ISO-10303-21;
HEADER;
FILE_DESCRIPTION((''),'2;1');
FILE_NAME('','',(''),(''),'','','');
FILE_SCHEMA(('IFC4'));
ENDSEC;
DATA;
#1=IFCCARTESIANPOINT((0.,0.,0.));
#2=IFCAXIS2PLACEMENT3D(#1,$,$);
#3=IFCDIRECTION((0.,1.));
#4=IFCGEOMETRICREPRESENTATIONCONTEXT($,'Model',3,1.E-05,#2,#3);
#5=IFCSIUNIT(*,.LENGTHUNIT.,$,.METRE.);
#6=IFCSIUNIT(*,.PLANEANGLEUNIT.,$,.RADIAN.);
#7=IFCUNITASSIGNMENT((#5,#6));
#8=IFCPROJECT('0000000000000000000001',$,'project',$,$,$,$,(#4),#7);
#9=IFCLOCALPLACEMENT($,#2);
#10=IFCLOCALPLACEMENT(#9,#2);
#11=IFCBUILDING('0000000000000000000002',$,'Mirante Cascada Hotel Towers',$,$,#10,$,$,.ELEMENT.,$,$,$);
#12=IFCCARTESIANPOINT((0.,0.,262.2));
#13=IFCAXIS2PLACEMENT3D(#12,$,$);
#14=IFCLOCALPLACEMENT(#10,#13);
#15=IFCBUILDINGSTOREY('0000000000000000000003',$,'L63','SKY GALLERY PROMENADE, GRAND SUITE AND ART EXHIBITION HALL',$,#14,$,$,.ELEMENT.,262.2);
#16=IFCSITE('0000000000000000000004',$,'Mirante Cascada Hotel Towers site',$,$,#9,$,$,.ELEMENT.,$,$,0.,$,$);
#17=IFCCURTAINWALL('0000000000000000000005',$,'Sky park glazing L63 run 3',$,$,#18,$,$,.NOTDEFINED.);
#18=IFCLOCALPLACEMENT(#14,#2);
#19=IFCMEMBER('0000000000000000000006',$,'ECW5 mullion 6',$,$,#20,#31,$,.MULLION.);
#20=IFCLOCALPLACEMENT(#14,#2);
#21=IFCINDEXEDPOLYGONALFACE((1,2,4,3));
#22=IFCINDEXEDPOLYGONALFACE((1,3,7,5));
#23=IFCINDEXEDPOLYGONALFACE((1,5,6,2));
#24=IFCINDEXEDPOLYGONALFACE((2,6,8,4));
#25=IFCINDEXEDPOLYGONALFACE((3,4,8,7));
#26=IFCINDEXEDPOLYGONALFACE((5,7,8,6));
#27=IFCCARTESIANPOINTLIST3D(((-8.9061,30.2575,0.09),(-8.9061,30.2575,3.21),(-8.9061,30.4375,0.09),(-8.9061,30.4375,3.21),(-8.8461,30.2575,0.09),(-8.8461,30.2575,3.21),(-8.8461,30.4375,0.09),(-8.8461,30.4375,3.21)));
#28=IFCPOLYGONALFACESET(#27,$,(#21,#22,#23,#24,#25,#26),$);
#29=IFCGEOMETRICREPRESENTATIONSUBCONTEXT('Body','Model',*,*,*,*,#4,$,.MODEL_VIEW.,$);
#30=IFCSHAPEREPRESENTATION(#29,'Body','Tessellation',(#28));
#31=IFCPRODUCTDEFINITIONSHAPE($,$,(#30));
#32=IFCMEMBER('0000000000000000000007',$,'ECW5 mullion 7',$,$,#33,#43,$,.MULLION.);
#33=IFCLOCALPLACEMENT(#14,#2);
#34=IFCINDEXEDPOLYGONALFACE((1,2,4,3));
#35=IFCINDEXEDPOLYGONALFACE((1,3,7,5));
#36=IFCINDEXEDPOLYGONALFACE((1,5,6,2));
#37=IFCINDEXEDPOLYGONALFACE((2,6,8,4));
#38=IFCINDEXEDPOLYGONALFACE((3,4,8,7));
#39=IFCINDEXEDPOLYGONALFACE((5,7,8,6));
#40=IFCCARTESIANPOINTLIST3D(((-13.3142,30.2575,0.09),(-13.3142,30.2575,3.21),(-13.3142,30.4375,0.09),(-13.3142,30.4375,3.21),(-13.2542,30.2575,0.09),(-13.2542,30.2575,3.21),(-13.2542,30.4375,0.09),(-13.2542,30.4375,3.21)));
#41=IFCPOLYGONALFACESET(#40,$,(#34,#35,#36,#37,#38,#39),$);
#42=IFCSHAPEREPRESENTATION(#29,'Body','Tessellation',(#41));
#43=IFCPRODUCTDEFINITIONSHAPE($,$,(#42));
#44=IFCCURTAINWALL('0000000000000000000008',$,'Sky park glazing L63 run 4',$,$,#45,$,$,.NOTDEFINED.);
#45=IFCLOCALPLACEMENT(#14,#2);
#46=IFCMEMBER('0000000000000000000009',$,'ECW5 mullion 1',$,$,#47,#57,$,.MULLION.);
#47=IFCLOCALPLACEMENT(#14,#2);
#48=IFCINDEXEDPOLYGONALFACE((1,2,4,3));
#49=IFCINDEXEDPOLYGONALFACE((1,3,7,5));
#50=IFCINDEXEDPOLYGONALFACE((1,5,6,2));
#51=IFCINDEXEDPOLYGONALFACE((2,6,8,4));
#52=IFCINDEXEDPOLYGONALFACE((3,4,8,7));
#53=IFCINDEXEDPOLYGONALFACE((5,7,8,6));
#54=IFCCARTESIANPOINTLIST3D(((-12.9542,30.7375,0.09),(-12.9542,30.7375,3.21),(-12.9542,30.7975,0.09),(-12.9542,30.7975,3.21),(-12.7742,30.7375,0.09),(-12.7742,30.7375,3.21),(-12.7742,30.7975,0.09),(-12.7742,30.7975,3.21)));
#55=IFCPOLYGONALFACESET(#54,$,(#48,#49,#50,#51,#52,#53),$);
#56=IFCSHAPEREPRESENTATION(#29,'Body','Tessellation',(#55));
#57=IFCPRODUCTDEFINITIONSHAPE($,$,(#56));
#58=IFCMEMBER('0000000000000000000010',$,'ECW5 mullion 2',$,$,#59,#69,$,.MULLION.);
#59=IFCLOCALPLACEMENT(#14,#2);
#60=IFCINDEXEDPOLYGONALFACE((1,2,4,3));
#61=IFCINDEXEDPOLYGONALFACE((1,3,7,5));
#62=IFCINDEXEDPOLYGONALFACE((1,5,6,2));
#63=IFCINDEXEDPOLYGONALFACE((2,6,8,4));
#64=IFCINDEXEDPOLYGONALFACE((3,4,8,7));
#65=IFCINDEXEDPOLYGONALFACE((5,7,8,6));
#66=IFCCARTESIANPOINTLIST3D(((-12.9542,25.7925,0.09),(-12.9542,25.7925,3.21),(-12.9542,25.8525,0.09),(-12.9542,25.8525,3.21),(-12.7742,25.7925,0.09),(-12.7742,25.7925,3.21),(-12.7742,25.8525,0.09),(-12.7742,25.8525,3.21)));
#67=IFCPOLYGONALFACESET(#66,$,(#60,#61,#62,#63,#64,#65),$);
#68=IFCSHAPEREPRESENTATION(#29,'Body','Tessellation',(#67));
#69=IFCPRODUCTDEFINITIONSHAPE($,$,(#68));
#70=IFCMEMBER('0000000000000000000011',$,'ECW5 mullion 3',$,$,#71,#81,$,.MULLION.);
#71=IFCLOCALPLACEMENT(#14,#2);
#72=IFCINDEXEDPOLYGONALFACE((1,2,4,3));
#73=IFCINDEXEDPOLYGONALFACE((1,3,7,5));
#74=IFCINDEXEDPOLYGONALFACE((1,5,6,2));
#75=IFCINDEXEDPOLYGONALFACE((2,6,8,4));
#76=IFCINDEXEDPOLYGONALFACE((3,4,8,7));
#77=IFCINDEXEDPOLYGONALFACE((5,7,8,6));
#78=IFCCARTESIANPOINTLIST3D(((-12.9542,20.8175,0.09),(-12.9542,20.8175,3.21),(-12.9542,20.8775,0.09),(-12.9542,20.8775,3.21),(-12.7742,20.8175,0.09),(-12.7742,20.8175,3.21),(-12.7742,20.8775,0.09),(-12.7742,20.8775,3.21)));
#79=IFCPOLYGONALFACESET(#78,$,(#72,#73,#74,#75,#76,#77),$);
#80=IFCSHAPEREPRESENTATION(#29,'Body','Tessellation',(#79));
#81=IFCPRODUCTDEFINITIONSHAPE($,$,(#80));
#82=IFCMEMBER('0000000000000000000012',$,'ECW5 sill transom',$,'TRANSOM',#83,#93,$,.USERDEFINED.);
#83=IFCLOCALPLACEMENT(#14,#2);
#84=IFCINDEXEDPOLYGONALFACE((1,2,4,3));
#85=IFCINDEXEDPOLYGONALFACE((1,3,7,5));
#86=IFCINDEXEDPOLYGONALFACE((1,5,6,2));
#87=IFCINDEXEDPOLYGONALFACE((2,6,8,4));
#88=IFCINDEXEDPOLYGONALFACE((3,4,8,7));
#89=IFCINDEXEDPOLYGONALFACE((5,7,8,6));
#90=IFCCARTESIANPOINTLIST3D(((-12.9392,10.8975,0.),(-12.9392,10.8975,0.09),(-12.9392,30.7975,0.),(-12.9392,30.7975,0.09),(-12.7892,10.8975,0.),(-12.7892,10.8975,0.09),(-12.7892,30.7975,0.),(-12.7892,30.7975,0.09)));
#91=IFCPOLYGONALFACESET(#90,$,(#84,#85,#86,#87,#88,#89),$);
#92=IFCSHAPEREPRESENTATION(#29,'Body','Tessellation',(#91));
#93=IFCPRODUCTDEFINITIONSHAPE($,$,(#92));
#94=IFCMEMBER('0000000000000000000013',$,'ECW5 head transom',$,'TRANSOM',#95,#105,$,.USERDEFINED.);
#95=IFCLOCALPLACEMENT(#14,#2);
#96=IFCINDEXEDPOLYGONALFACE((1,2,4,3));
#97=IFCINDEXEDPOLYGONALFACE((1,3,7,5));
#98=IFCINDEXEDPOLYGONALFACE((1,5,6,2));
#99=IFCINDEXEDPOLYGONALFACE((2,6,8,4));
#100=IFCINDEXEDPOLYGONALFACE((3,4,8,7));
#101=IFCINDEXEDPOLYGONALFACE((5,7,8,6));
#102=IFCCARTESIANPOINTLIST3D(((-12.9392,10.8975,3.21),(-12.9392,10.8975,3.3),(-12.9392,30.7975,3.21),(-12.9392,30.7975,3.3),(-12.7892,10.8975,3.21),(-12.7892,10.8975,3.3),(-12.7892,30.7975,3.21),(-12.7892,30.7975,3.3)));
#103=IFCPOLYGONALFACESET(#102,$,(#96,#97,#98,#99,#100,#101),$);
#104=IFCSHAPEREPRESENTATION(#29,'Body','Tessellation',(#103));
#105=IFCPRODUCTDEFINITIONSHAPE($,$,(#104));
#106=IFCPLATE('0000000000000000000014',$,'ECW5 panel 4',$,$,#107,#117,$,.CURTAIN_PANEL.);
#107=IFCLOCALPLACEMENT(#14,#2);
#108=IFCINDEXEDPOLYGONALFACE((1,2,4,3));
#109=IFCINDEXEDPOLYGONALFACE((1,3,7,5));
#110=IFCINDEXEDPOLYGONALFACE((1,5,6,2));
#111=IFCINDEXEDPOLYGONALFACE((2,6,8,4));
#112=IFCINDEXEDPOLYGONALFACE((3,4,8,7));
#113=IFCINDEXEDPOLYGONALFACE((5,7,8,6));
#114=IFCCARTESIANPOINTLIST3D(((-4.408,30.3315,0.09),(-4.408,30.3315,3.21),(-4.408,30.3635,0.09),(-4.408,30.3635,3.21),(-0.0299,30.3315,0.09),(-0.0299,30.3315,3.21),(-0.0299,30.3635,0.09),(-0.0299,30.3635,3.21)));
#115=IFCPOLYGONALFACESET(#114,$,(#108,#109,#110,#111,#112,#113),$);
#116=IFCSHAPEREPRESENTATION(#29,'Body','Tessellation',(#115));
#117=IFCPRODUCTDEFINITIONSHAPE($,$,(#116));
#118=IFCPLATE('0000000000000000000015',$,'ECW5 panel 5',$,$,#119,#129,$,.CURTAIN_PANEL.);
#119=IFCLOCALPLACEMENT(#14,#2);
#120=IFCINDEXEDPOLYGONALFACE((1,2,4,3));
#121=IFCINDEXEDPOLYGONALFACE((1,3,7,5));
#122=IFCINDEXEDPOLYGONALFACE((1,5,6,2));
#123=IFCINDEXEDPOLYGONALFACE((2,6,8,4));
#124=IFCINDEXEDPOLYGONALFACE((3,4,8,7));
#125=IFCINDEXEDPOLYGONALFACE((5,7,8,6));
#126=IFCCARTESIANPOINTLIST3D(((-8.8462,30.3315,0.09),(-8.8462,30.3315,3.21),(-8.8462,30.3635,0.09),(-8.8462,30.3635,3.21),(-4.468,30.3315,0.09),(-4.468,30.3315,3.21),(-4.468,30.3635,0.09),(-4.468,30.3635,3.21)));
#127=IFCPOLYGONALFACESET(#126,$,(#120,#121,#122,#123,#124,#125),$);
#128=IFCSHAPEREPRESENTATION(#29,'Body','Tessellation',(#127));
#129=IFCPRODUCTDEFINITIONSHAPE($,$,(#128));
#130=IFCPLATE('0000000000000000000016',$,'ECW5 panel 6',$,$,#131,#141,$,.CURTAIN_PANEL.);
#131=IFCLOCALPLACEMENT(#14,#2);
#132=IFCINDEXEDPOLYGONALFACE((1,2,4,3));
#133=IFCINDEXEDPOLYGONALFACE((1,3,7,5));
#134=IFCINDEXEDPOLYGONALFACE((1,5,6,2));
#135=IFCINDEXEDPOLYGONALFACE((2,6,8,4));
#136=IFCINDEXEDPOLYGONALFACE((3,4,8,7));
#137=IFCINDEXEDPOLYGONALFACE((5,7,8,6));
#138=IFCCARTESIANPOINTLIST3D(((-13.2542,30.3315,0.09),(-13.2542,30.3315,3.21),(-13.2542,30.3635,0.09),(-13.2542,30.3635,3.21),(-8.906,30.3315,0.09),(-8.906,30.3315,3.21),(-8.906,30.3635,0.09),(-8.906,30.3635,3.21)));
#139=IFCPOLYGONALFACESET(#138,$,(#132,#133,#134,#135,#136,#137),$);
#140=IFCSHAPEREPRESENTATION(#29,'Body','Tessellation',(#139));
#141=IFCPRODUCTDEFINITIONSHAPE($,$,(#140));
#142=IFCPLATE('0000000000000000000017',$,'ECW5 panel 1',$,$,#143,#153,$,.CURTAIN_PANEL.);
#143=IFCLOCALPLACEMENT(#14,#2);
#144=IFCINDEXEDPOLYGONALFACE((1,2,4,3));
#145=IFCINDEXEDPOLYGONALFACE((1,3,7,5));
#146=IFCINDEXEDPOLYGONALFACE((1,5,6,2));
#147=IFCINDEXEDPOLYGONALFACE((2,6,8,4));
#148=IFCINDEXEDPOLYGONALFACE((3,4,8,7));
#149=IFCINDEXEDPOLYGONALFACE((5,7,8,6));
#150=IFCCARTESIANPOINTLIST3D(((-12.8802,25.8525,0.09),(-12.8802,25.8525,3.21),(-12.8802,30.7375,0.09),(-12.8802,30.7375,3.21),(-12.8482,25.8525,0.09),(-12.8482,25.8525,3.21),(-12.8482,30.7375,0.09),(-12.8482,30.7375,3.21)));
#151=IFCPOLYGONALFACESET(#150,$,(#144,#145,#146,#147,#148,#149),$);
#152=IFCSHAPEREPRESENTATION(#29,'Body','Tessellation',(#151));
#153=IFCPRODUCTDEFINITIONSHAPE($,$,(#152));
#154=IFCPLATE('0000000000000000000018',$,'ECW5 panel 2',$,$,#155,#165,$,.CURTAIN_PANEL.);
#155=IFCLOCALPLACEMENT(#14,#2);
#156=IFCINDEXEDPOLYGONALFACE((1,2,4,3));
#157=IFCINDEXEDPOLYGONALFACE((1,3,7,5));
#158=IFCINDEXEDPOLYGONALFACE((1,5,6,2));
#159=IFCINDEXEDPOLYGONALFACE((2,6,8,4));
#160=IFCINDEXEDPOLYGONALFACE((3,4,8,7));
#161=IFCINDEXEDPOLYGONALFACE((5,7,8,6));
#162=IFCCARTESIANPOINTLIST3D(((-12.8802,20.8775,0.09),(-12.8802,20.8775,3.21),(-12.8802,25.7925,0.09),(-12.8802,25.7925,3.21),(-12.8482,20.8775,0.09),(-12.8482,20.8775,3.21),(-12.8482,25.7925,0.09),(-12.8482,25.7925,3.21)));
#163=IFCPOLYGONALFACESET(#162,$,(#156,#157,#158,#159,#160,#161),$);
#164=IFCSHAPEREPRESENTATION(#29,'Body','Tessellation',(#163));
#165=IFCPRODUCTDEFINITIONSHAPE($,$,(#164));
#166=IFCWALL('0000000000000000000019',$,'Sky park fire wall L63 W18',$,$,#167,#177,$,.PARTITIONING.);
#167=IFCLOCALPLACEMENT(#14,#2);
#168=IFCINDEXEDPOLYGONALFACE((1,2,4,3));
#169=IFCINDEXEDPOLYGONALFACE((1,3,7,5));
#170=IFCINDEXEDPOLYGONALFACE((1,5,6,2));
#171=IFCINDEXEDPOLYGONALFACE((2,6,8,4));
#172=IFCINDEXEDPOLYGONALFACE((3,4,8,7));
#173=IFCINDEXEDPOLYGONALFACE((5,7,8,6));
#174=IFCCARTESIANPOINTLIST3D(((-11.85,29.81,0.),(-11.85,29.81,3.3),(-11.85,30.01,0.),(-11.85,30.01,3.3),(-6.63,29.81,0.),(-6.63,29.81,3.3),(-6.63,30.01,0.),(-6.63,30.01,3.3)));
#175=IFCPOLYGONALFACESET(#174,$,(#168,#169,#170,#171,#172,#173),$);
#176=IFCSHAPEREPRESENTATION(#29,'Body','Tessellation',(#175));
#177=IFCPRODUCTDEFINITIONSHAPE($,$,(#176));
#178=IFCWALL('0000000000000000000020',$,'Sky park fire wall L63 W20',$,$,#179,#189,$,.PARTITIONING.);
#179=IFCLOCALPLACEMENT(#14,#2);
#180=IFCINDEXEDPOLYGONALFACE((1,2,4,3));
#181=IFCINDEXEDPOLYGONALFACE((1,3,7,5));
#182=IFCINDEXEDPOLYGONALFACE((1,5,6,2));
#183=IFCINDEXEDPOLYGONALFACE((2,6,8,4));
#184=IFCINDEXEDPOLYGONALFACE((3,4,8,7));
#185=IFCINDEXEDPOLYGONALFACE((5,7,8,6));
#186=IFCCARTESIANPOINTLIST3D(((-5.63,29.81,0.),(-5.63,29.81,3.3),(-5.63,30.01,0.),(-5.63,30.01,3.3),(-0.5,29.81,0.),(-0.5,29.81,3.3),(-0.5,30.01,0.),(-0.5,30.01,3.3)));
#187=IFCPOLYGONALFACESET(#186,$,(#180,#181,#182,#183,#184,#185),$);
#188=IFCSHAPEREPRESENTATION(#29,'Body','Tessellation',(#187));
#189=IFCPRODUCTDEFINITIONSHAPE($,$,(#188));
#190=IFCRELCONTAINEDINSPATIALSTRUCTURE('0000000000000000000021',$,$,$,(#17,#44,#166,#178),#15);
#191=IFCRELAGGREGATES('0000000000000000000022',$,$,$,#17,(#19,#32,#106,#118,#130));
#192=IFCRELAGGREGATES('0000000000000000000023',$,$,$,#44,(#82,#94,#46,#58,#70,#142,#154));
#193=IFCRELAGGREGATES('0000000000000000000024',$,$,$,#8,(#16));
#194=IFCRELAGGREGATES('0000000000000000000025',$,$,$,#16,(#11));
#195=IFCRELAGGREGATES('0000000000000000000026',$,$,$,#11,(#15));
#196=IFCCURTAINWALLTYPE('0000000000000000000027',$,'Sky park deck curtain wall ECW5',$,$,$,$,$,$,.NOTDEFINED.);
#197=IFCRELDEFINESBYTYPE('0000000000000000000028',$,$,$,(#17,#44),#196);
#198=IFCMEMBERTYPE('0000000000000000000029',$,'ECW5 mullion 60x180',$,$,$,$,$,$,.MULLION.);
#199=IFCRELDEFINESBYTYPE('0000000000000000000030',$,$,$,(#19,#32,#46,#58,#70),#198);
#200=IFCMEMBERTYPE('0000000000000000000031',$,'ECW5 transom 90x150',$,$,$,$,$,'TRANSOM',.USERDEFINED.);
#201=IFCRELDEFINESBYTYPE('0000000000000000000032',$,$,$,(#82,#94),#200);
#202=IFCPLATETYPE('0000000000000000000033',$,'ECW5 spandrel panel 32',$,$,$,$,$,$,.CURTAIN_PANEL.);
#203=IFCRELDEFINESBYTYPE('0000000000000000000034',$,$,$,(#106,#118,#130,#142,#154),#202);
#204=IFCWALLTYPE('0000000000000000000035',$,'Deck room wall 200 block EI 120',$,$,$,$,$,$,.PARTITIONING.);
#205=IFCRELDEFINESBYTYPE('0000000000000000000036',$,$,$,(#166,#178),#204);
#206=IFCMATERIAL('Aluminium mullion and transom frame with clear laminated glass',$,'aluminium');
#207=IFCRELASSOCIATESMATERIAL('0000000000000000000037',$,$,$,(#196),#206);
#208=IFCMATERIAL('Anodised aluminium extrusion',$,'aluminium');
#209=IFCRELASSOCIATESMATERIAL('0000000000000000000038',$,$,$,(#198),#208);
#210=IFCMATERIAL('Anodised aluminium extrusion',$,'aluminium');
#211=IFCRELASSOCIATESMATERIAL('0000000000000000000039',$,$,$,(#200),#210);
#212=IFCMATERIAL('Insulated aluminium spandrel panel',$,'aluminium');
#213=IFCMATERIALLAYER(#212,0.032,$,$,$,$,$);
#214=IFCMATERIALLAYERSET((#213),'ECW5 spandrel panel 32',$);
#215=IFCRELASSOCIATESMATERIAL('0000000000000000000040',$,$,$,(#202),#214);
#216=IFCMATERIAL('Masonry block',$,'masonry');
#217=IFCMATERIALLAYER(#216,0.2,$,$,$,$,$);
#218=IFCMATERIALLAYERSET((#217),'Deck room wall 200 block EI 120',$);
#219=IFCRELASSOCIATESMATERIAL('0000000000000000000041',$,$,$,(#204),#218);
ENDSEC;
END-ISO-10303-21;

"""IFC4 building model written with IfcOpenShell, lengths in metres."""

from ifc_helpers import new_model, si_unit, direction, frame, frame_2d, origin, origin_2d, place, context, subcontext, project, spatial, rectangle, extrude, material, layer, layer_set, material_profile, profile_set, type_object, element, aggregate, save


model = new_model("IFC4")

# Units and contexts
model_context = context("Model", 3, precision=1e-05, world=origin(), true_north=direction((0.0, 1.0)))
body_context = subcontext(model_context, "Body", "Model", "MODEL_VIEW")
ifc_project = project(units=[si_unit("LENGTHUNIT", "METRE"), si_unit("PLANEANGLEUNIT", "RADIAN")], contexts=[model_context])

# Site, building, storey
site_placement = place(None, origin())
site = spatial("IfcSite", under=ifc_project, at=site_placement, Name="Mirante Cascada Hotel Towers site", CompositionType="ELEMENT", RefElevation=0.0)
building_placement = place(site_placement, origin())
building = spatial("IfcBuilding", under=site, at=building_placement, Name="Mirante Cascada Hotel Towers", CompositionType="ELEMENT")
storey_placement = place(building_placement, frame((0.0, 0.0, 262.2)))
storey = spatial("IfcBuildingStorey", under=building, at=storey_placement, Name="L63", Description="SKY GALLERY PROMENADE, GRAND SUITE AND ART EXHIBITION HALL", CompositionType="ELEMENT", Elevation=262.2)

# Curtain walls, members
ifc_material_1 = material(Name="Aluminium mullion and transom frame with clear laminated glass", Category="aluminium")
curtain_wall_type = type_object("IfcCurtainWallType", Name="Sky park deck curtain wall ECW5", PredefinedType="NOTDEFINED", material=ifc_material_1)
curtain_wall_1_placement = place(storey_placement, origin())
curtain_wall_1 = element("IfcCurtainWall", 1, at=curtain_wall_1_placement, inside=storey, type_object=curtain_wall_type, Name="Sky park glazing L63 run 3", PredefinedType="NOTDEFINED")
ifc_material_2 = material(Name="Anodised aluminium extrusion", Category="aluminium")
ifc_material_profile_1 = material_profile(ifc_material_2, rectangle(XDim=0.18, YDim=0.06, at=origin_2d()), Name="ECW5 MULLION 60x180")
ifc_profile_set_1 = profile_set([ifc_material_profile_1], Name="Anodised aluminium extrusion")
member_type_1 = type_object("IfcMemberType", Name="ECW5 mullion 60x180", PredefinedType="MULLION", material=ifc_profile_set_1)
member_1_placement = place(storey_placement, frame((-8.8761, 30.3475, 0.09), z_axis=(0.0, 0.0, 1.0), x_axis=(0.0, -1.0, 0.0)))
member_1 = element("IfcMember", 2, at=member_1_placement, type_object=member_type_1, Name="ECW5 mullion 6", PredefinedType="MULLION", context=body_context, shape_type="SweptSolid", body=[
    extrude(rectangle(XDim=0.18, YDim=0.06, at=origin_2d()), origin(), (0.0, 0.0, 1.0), 3.12),
])
member_2_placement = place(storey_placement, frame((-13.2842, 30.3475, 0.09), z_axis=(0.0, 0.0, 1.0), x_axis=(0.0, -1.0, 0.0)))
member_2 = element("IfcMember", 3, at=member_2_placement, type_object=member_type_1, Name="ECW5 mullion 7", PredefinedType="MULLION", context=body_context, shape_type="SweptSolid", body=[
    extrude(rectangle(XDim=0.18, YDim=0.06, at=origin_2d()), origin(), (0.0, 0.0, 1.0), 3.12),
])
curtain_wall_2_placement = place(storey_placement, origin())
curtain_wall_2 = element("IfcCurtainWall", 4, at=curtain_wall_2_placement, inside=storey, type_object=curtain_wall_type, Name="Sky park glazing L63 run 4", PredefinedType="NOTDEFINED")
member_3_placement = place(storey_placement, frame((-12.8642, 30.7675, 0.09), z_axis=(0.0, 0.0, 1.0), x_axis=(1.0, 0.0, 0.0)))
member_3 = element("IfcMember", 5, at=member_3_placement, type_object=member_type_1, Name="ECW5 mullion 1", PredefinedType="MULLION", context=body_context, shape_type="SweptSolid", body=[
    extrude(rectangle(XDim=0.18, YDim=0.06, at=origin_2d()), origin(), (0.0, 0.0, 1.0), 3.12),
])
member_4_placement = place(storey_placement, frame((-12.8642, 25.8225, 0.09), z_axis=(0.0, 0.0, 1.0), x_axis=(1.0, 0.0, 0.0)))
member_4 = element("IfcMember", 6, at=member_4_placement, type_object=member_type_1, Name="ECW5 mullion 2", PredefinedType="MULLION", context=body_context, shape_type="SweptSolid", body=[
    extrude(rectangle(XDim=0.18, YDim=0.06, at=origin_2d()), origin(), (0.0, 0.0, 1.0), 3.12),
])
member_5_placement = place(storey_placement, frame((-12.8642, 20.8475, 0.09), z_axis=(0.0, 0.0, 1.0), x_axis=(1.0, 0.0, 0.0)))
member_5 = element("IfcMember", 7, at=member_5_placement, type_object=member_type_1, Name="ECW5 mullion 3", PredefinedType="MULLION", context=body_context, shape_type="SweptSolid", body=[
    extrude(rectangle(XDim=0.18, YDim=0.06, at=origin_2d()), origin(), (0.0, 0.0, 1.0), 3.12),
])
ifc_material_3 = material(Name="Anodised aluminium extrusion", Category="aluminium")
ifc_material_profile_2 = material_profile(ifc_material_3, rectangle(XDim=0.15, YDim=0.09, at=origin_2d()), Name="ECW5 TRANSOM 90x150")
ifc_profile_set_2 = profile_set([ifc_material_profile_2], Name="Anodised aluminium extrusion")
member_type_2 = type_object("IfcMemberType", Name="ECW5 transom 90x150", ElementType="TRANSOM", PredefinedType="USERDEFINED", material=ifc_profile_set_2)
member_6_placement = place(storey_placement, frame((-12.8642, 30.7975, 0.045), z_axis=(0.0, -1.0, 0.0), x_axis=(1.0, 0.0, 0.0)))
member_6 = element("IfcMember", 8, at=member_6_placement, type_object=member_type_2, Name="ECW5 sill transom", ObjectType="TRANSOM", PredefinedType="USERDEFINED", context=body_context, shape_type="SweptSolid", body=[
    extrude(rectangle(XDim=0.15, YDim=0.09, at=origin_2d()), origin(), (0.0, 0.0, 1.0), 19.9),
])
member_7_placement = place(storey_placement, frame((-12.8642, 30.7975, 3.255), z_axis=(0.0, -1.0, 0.0), x_axis=(1.0, 0.0, 0.0)))
member_7 = element("IfcMember", 9, at=member_7_placement, type_object=member_type_2, Name="ECW5 head transom", ObjectType="TRANSOM", PredefinedType="USERDEFINED", context=body_context, shape_type="SweptSolid", body=[
    extrude(rectangle(XDim=0.15, YDim=0.09, at=origin_2d()), origin(), (0.0, 0.0, 1.0), 19.9),
])

# Plates
ifc_material_4 = material(Name="Insulated aluminium spandrel panel", Category="aluminium")
ifc_layer_1 = layer(ifc_material_4, 0.032)
ifc_layer_set_1 = layer_set([ifc_layer_1], Name="ECW5 spandrel panel 32")
plate_type = type_object("IfcPlateType", Name="ECW5 spandrel panel 32", PredefinedType="CURTAIN_PANEL", material=ifc_layer_set_1)
plate_1_placement = place(storey_placement, frame((-2.219, 30.3475, 0.09), z_axis=(0.0, 0.0, 1.0), x_axis=(-1.0, 0.0, 0.0)))
plate_1 = element("IfcPlate", 10, at=plate_1_placement, type_object=plate_type, Name="ECW5 panel 4", PredefinedType="CURTAIN_PANEL", context=body_context, shape_type="SweptSolid", body=[
    extrude(rectangle(XDim=4.3781, YDim=0.032, at=origin_2d()), origin(), (0.0, 0.0, 1.0), 3.12),
])
plate_2_placement = place(storey_placement, frame((-6.6571, 30.3475, 0.09), z_axis=(0.0, 0.0, 1.0), x_axis=(-1.0, 0.0, 0.0)))
plate_2 = element("IfcPlate", 11, at=plate_2_placement, type_object=plate_type, Name="ECW5 panel 5", PredefinedType="CURTAIN_PANEL", context=body_context, shape_type="SweptSolid", body=[
    extrude(rectangle(XDim=4.3781, YDim=0.032, at=origin_2d()), origin(), (0.0, 0.0, 1.0), 3.12),
])
plate_3_placement = place(storey_placement, frame((-11.0801, 30.3475, 0.09), z_axis=(0.0, 0.0, 1.0), x_axis=(-1.0, 0.0, 0.0)))
plate_3 = element("IfcPlate", 12, at=plate_3_placement, type_object=plate_type, Name="ECW5 panel 6", PredefinedType="CURTAIN_PANEL", context=body_context, shape_type="SweptSolid", body=[
    extrude(rectangle(XDim=4.3481, YDim=0.032, at=origin_2d()), origin(), (0.0, 0.0, 1.0), 3.12),
])
aggregate(curtain_wall_1, [member_1, member_2, plate_1, plate_2, plate_3])
plate_4_placement = place(storey_placement, frame((-12.8642, 28.295, 0.09), z_axis=(0.0, 0.0, 1.0), x_axis=(0.0, -1.0, 0.0)))
plate_4 = element("IfcPlate", 13, at=plate_4_placement, type_object=plate_type, Name="ECW5 panel 1", PredefinedType="CURTAIN_PANEL", context=body_context, shape_type="SweptSolid", body=[
    extrude(rectangle(XDim=4.885, YDim=0.032, at=origin_2d()), origin(), (0.0, 0.0, 1.0), 3.12),
])
plate_5_placement = place(storey_placement, frame((-12.8642, 23.335, 0.09), z_axis=(0.0, 0.0, 1.0), x_axis=(0.0, -1.0, 0.0)))
plate_5 = element("IfcPlate", 14, at=plate_5_placement, type_object=plate_type, Name="ECW5 panel 2", PredefinedType="CURTAIN_PANEL", context=body_context, shape_type="SweptSolid", body=[
    extrude(rectangle(XDim=4.915, YDim=0.032, at=origin_2d()), origin(), (0.0, 0.0, 1.0), 3.12),
])
aggregate(curtain_wall_2, [member_6, member_7, member_3, member_4, member_5, plate_4, plate_5])

# Walls
ifc_material_5 = material(Name="Masonry block", Category="masonry")
ifc_layer_2 = layer(ifc_material_5, 0.2)
ifc_layer_set_2 = layer_set([ifc_layer_2], Name="Deck room wall 200 block EI 120")
wall_type = type_object("IfcWallType", Name="Deck room wall 200 block EI 120", PredefinedType="PARTITIONING", material=ifc_layer_set_2)
wall_1_placement = place(storey_placement, frame((-11.85, 29.91, 0.0), z_axis=(0.0, 0.0, 1.0), x_axis=(1.0, 0.0, 0.0)))
element("IfcWall", 15, at=wall_1_placement, inside=storey, type_object=wall_type, Name="Sky park fire wall L63 W18", PredefinedType="PARTITIONING", context=body_context, shape_type="SweptSolid", body=[
    extrude(rectangle(XDim=5.22, YDim=0.2, at=frame_2d((2.61, 0.0))), origin(), (0.0, 0.0, 1.0), 3.3),
])
wall_2_placement = place(storey_placement, frame((-5.63, 29.91, 0.0), z_axis=(0.0, 0.0, 1.0), x_axis=(1.0, 0.0, 0.0)))
element("IfcWall", 16, at=wall_2_placement, inside=storey, type_object=wall_type, Name="Sky park fire wall L63 W20", PredefinedType="PARTITIONING", context=body_context, shape_type="SweptSolid", body=[
    extrude(rectangle(XDim=5.13, YDim=0.2, at=frame_2d((2.565, 0.0))), origin(), (0.0, 0.0, 1.0), 3.3),
])

save(model, "model.ifc")
